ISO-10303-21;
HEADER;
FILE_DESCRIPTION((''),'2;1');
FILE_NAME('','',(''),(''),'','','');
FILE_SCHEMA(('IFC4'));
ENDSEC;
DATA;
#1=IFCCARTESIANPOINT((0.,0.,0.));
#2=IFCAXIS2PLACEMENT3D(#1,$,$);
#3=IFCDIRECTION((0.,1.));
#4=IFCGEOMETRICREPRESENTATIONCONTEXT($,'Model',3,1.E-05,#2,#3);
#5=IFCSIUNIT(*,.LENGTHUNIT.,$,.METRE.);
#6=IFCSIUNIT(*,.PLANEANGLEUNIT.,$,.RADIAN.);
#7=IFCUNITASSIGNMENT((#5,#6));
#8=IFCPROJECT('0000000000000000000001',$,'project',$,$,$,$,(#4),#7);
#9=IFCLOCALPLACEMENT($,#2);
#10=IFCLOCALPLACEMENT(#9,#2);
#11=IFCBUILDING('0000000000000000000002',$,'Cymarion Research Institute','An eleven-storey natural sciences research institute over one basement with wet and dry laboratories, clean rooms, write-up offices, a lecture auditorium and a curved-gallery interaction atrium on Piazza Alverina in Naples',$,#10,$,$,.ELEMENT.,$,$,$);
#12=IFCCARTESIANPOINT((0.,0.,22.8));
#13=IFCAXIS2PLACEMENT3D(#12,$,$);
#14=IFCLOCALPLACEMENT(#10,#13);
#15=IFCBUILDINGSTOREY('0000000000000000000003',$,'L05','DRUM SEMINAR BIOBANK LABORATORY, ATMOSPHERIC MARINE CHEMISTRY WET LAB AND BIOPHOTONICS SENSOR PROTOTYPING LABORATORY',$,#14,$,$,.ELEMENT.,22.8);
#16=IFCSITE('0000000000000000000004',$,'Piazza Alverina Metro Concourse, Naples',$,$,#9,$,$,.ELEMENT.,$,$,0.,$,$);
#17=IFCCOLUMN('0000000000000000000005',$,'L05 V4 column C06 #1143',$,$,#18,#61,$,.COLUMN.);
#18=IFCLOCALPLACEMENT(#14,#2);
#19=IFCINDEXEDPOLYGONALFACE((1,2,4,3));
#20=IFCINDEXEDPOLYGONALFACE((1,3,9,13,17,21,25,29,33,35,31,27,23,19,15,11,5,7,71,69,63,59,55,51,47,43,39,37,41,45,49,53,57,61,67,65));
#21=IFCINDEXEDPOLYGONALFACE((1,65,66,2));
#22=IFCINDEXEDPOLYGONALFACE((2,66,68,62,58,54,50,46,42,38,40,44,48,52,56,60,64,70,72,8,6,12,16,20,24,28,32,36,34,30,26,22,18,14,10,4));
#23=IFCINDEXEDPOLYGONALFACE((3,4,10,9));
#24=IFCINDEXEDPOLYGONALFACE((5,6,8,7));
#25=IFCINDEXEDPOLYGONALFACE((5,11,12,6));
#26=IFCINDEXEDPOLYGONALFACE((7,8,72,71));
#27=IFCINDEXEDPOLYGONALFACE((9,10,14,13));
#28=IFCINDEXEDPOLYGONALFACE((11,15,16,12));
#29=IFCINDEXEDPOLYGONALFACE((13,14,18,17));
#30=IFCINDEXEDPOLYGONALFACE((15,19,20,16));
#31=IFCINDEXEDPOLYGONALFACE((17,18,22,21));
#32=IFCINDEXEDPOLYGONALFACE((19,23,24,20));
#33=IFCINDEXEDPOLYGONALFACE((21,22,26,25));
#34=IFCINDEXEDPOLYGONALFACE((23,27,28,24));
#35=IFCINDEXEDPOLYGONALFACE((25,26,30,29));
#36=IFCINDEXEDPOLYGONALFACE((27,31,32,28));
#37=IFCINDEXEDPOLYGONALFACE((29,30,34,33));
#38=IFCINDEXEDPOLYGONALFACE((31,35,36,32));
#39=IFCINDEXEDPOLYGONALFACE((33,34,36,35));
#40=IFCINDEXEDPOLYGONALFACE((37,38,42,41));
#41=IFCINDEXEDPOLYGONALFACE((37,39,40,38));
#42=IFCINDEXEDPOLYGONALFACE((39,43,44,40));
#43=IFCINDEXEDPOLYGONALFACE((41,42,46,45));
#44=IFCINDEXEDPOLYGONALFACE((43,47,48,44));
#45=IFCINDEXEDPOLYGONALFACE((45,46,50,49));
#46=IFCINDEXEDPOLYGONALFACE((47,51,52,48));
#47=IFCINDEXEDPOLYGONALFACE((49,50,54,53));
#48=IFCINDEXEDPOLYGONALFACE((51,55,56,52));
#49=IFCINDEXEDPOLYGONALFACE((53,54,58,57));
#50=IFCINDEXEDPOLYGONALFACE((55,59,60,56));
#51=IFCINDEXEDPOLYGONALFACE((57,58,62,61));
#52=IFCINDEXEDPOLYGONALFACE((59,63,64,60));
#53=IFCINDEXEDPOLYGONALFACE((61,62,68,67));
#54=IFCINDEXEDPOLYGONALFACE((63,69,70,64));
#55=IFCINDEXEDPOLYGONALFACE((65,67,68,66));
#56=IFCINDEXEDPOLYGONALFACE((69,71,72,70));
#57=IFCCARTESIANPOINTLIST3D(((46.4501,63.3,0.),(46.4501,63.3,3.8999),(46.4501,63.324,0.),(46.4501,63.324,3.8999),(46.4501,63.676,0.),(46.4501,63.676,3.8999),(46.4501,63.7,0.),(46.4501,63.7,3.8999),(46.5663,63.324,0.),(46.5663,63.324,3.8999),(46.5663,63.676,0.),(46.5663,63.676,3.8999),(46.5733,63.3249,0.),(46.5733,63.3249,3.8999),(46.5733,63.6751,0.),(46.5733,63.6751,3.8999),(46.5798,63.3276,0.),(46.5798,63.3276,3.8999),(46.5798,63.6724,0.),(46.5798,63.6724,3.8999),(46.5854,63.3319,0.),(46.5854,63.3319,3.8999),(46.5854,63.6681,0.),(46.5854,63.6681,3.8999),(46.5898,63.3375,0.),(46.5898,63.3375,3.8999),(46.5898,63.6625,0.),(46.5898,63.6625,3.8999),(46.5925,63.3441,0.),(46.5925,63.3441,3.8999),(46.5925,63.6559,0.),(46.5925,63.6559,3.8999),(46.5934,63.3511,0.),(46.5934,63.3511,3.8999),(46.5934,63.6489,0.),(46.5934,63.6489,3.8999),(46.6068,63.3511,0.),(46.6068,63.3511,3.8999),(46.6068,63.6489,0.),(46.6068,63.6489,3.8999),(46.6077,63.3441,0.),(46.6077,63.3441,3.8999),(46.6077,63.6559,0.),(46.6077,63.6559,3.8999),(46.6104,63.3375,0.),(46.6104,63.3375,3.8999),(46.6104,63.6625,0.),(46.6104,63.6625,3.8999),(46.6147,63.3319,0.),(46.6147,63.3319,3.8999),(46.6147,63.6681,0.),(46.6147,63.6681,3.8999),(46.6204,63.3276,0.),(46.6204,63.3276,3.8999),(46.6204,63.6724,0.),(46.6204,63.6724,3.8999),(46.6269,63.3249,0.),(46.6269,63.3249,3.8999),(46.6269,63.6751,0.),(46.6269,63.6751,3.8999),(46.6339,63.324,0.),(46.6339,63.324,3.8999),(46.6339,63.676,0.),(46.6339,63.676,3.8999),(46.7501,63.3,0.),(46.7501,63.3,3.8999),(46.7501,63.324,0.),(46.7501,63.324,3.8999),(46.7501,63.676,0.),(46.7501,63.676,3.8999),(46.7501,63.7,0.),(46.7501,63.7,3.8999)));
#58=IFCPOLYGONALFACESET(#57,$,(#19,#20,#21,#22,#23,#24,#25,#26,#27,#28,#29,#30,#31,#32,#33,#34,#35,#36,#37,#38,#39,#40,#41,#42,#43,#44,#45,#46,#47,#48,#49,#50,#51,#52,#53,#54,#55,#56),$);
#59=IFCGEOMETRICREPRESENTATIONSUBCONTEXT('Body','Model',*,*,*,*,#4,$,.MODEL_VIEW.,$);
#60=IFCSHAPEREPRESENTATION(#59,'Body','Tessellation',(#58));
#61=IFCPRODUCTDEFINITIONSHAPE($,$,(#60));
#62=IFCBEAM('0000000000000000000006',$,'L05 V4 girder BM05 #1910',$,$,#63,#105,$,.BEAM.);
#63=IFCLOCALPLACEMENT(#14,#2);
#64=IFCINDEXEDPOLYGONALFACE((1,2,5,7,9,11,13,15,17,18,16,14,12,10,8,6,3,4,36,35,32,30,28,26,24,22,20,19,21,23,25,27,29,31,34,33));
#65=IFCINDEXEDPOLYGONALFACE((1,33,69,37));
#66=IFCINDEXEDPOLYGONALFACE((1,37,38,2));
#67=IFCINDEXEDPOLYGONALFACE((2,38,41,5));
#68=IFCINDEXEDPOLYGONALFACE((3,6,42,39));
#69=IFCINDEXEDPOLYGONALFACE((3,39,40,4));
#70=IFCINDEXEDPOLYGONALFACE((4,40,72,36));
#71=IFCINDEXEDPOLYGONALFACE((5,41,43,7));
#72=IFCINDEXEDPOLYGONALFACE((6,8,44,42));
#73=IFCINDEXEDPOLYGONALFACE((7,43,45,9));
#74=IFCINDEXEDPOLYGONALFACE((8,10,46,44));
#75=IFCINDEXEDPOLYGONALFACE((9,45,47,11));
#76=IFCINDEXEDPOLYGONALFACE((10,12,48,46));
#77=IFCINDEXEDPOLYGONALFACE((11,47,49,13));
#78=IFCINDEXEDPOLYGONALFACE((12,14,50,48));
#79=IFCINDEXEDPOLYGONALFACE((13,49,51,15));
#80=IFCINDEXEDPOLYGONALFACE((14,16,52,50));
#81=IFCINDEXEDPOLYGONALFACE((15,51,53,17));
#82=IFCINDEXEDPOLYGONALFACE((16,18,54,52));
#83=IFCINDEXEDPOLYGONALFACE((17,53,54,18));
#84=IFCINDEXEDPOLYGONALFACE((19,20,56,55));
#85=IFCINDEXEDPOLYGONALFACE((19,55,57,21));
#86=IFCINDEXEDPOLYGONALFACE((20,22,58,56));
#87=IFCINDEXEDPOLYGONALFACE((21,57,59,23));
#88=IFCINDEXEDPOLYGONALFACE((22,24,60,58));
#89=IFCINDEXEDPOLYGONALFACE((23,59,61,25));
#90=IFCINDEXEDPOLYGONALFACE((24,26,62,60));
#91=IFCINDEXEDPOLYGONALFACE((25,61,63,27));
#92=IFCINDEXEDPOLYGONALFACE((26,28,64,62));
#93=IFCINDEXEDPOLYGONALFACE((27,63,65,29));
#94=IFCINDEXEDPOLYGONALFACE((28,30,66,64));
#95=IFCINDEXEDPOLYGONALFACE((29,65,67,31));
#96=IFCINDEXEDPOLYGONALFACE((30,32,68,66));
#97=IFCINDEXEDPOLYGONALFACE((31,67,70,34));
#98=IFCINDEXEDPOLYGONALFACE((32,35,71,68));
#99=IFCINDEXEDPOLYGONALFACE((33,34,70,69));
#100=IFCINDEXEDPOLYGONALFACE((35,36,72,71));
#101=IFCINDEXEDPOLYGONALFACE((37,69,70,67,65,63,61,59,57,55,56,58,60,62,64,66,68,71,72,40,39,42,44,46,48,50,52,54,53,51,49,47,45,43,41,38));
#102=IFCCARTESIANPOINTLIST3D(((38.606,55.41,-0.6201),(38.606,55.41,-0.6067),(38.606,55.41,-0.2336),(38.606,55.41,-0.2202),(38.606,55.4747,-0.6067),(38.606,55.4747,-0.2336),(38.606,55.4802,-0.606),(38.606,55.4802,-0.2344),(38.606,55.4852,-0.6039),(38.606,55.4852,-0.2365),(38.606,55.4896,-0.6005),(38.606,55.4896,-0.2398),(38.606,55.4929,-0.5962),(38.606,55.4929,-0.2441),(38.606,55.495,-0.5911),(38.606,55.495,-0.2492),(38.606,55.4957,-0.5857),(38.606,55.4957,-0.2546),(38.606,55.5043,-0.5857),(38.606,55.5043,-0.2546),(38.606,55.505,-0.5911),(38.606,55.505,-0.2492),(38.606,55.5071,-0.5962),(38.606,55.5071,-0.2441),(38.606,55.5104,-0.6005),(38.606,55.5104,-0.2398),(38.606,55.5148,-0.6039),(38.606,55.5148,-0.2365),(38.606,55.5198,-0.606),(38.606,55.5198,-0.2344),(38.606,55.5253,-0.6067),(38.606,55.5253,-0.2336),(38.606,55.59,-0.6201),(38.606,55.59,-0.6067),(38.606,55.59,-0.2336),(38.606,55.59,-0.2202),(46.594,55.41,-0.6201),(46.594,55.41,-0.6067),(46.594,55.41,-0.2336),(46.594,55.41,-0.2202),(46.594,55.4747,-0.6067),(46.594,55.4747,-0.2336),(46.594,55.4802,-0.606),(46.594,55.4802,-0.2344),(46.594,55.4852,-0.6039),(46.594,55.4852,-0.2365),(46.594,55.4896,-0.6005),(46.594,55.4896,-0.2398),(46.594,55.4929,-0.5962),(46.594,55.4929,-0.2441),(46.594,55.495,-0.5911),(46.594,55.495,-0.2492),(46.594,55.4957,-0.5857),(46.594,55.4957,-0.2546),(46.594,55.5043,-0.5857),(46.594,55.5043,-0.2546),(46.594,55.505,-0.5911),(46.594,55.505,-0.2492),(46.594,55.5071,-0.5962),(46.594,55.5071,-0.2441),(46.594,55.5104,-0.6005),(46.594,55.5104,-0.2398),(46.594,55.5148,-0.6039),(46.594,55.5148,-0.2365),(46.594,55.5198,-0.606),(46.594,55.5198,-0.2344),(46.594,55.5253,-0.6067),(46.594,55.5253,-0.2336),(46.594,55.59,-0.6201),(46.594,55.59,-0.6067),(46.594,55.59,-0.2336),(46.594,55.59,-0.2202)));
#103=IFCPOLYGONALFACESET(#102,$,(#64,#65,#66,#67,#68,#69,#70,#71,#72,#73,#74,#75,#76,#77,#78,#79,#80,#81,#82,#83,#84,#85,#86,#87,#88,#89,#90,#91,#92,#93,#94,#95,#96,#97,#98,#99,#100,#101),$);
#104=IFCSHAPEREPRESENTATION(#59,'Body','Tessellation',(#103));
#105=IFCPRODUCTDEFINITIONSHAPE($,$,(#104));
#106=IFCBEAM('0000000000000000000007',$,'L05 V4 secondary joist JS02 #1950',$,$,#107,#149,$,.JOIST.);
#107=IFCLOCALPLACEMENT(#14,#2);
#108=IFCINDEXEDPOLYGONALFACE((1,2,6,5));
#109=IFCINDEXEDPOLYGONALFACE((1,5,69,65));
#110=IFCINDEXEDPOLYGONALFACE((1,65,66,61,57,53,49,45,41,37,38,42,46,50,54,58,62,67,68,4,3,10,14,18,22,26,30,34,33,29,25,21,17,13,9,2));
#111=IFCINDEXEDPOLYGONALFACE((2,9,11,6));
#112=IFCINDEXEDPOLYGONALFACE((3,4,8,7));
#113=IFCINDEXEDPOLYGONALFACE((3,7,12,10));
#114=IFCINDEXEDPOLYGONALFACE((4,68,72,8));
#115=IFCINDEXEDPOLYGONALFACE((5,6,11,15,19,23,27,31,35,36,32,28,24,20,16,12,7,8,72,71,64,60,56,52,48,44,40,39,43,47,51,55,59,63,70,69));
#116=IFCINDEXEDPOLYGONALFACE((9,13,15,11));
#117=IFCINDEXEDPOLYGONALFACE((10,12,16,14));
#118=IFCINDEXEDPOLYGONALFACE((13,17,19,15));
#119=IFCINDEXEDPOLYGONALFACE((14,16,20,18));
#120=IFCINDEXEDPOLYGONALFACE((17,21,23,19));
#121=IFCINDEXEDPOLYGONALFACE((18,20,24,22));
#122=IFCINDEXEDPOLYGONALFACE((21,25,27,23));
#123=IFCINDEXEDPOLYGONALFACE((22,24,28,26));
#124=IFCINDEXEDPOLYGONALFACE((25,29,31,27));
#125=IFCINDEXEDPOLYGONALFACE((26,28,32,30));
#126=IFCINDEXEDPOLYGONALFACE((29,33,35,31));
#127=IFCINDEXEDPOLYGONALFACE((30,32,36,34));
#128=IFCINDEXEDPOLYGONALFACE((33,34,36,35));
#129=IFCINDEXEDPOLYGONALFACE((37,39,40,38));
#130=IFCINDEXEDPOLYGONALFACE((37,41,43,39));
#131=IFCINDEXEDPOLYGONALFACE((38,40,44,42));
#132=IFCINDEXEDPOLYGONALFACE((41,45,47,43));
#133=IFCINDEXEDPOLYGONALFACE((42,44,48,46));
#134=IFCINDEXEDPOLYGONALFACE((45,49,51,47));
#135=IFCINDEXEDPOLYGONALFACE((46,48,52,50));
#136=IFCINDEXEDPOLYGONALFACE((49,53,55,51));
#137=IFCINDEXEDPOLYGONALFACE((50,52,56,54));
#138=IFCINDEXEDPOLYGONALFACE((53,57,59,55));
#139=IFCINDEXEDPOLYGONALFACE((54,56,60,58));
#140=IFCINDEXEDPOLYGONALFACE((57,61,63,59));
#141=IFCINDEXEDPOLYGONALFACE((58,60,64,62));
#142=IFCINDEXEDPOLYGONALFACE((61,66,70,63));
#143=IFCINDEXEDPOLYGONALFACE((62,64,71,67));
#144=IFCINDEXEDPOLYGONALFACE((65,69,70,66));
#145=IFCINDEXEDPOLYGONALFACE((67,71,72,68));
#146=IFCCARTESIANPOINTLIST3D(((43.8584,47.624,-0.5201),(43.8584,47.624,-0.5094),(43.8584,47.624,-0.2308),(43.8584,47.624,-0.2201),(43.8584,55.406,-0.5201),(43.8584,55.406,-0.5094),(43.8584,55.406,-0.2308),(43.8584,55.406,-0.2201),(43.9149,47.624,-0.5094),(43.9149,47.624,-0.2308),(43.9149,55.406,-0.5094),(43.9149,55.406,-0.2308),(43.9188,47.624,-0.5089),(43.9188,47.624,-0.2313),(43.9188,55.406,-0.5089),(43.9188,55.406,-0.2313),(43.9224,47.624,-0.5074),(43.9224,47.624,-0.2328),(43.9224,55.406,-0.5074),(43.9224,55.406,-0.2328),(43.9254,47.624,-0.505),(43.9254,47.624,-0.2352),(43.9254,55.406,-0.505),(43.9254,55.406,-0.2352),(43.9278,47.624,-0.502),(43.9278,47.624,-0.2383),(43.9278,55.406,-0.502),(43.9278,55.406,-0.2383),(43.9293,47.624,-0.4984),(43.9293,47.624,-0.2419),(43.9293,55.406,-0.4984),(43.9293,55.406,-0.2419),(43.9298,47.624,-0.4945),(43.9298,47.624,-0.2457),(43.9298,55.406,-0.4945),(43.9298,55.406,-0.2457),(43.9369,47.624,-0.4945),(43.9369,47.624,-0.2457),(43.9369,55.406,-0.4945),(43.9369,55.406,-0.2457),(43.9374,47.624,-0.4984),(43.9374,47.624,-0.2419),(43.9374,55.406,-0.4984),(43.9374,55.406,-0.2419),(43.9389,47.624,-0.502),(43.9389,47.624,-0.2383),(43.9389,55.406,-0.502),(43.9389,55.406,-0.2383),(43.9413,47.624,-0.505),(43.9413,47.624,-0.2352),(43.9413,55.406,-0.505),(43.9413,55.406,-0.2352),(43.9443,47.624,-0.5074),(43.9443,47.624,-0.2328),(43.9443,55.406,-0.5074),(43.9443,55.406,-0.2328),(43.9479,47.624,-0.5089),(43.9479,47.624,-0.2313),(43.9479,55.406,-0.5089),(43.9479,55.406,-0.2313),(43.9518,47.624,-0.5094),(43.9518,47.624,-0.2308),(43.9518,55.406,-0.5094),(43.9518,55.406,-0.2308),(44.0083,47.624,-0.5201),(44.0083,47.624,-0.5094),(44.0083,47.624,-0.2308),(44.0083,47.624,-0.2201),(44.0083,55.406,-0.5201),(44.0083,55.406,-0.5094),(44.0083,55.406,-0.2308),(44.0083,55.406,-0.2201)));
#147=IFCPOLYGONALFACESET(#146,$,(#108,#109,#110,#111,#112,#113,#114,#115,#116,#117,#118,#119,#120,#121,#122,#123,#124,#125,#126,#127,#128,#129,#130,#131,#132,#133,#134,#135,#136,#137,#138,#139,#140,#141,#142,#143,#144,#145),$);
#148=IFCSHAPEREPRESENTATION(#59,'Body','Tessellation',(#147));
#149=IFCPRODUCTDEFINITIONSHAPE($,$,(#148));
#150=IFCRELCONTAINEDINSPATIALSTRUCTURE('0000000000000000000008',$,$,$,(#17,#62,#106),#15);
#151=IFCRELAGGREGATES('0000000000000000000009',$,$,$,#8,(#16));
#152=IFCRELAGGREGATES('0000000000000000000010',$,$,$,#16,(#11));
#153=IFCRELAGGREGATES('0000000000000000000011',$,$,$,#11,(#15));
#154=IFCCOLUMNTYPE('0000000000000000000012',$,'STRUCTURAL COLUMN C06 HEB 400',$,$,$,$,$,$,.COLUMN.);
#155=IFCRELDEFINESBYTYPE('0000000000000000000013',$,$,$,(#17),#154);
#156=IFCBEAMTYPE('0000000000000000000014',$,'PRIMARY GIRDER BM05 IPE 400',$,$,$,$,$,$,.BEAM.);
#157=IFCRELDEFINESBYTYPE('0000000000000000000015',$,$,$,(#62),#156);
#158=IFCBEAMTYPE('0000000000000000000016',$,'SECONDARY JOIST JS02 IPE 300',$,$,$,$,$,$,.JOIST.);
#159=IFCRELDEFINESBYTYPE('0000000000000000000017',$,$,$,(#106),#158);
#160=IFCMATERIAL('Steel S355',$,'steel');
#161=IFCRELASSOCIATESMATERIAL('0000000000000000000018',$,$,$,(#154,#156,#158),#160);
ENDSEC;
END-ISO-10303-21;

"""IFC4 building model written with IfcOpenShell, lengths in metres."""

from ifc_helpers import new_model, si_unit, direction, frame, origin, origin_2d, place, context, subcontext, project, spatial, i_section, extrude, material, material_profile, profile_set, type_object, element, save


model = new_model("IFC4")

# Units and contexts
model_context = context("Model", 3, precision=1e-05, world=origin(), true_north=direction((0.0, 1.0)))
body_context = subcontext(model_context, "Body", "Model", "MODEL_VIEW")
ifc_project = project(units=[si_unit("LENGTHUNIT", "METRE"), si_unit("PLANEANGLEUNIT", "RADIAN")], contexts=[model_context])

# Site, building, storey
site_placement = place(None, origin())
site = spatial("IfcSite", under=ifc_project, at=site_placement, Name="Piazza Alverina Metro Concourse, Naples", CompositionType="ELEMENT", RefElevation=0.0)
building_placement = place(site_placement, origin())
building = spatial("IfcBuilding", under=site, at=building_placement, Name="Cymarion Research Institute", Description="An eleven-storey natural sciences research institute over one basement with wet and dry laboratories, clean rooms, write-up offices, a lecture auditorium and a curved-gallery interaction atrium on Piazza Alverina in Naples", CompositionType="ELEMENT")
storey_placement = place(building_placement, frame((0.0, 0.0, 22.8)))
storey = spatial("IfcBuildingStorey", under=building, at=storey_placement, Name="L05", Description="DRUM SEMINAR BIOBANK LABORATORY, ATMOSPHERIC MARINE CHEMISTRY WET LAB AND BIOPHOTONICS SENSOR PROTOTYPING LABORATORY", CompositionType="ELEMENT", Elevation=22.8)

# Column
ifc_material_1 = material(Name="Steel S355", Category="steel")
ifc_material_profile_1 = material_profile(ifc_material_1, i_section(OverallWidth=0.3, OverallDepth=0.3999, WebThickness=0.0134, FlangeThickness=0.0239, FilletRadius=0.0271, at=origin_2d()), Name="HEB 400")
ifc_profile_set_1 = profile_set([ifc_material_profile_1], Name="Steel S355")
column_type = type_object("IfcColumnType", Name="STRUCTURAL COLUMN C06 HEB 400", PredefinedType="COLUMN", material=ifc_profile_set_1)
for number, where, z_axis, x_axis, name in (
    (1, (46.6001, 63.5, 0.0), (0.0, 0.0, 1.0), (1.0, 0.0, 0.0), "L05 V4 column C06 #1143"),
):
    element("IfcColumn", number, at=place(storey_placement, frame(where, z_axis=z_axis, x_axis=x_axis)), inside=storey, type_object=column_type, Name=name, PredefinedType="COLUMN", context=body_context, shape_type="SweptSolid", body=[
        extrude(i_section(OverallWidth=0.3, OverallDepth=0.3999, WebThickness=0.0134, FlangeThickness=0.0239, FilletRadius=0.0271, at=origin_2d()), origin(), (0.0, 0.0, 1.0), 3.8999),
    ])

# Beams
ifc_material_profile_2 = material_profile(ifc_material_1, i_section(OverallWidth=0.1799, OverallDepth=0.3999, WebThickness=0.0085, FlangeThickness=0.0134, FilletRadius=0.021, at=origin_2d()), Name="IPE 400")
ifc_profile_set_2 = profile_set([ifc_material_profile_2], Name="Steel S355")
beam_type_1 = type_object("IfcBeamType", Name="PRIMARY GIRDER BM05 IPE 400", PredefinedType="BEAM", material=ifc_profile_set_2)
beam_1_placement = place(storey_placement, frame((38.606, 55.5, -0.4202), z_axis=(1.0, 0.0, 0.0), x_axis=(0.0, 1.0, 0.0)))
element("IfcBeam", 2, at=beam_1_placement, inside=storey, type_object=beam_type_1, Name="L05 V4 girder BM05 #1910", PredefinedType="BEAM", context=body_context, shape_type="SweptSolid", body=[
    extrude(i_section(OverallWidth=0.1799, OverallDepth=0.3999, WebThickness=0.0085, FlangeThickness=0.0134, FilletRadius=0.021, at=origin_2d()), origin(), (0.0, 0.0, 1.0), 7.988),
])
ifc_material_profile_3 = material_profile(ifc_material_1, i_section(OverallWidth=0.1499, OverallDepth=0.3, WebThickness=0.0071, FlangeThickness=0.0107, FilletRadius=0.0149, at=origin_2d()), Name="IPE 300")
ifc_profile_set_3 = profile_set([ifc_material_profile_3], Name="Steel S355")
beam_type_2 = type_object("IfcBeamType", Name="SECONDARY JOIST JS02 IPE 300", PredefinedType="JOIST", material=ifc_profile_set_3)
beam_2_placement = place(storey_placement, frame((43.9333, 47.624, -0.3701), z_axis=(0.0, 1.0, 0.0), x_axis=(-1.0, 0.0, 0.0)))
element("IfcBeam", 3, at=beam_2_placement, inside=storey, type_object=beam_type_2, Name="L05 V4 secondary joist JS02 #1950", PredefinedType="JOIST", context=body_context, shape_type="SweptSolid", body=[
    extrude(i_section(OverallWidth=0.1499, OverallDepth=0.3, WebThickness=0.0071, FlangeThickness=0.0107, FilletRadius=0.0149, at=origin_2d()), origin(), (0.0, 0.0, 1.0), 7.782),
])

save(model, "model.ifc")
